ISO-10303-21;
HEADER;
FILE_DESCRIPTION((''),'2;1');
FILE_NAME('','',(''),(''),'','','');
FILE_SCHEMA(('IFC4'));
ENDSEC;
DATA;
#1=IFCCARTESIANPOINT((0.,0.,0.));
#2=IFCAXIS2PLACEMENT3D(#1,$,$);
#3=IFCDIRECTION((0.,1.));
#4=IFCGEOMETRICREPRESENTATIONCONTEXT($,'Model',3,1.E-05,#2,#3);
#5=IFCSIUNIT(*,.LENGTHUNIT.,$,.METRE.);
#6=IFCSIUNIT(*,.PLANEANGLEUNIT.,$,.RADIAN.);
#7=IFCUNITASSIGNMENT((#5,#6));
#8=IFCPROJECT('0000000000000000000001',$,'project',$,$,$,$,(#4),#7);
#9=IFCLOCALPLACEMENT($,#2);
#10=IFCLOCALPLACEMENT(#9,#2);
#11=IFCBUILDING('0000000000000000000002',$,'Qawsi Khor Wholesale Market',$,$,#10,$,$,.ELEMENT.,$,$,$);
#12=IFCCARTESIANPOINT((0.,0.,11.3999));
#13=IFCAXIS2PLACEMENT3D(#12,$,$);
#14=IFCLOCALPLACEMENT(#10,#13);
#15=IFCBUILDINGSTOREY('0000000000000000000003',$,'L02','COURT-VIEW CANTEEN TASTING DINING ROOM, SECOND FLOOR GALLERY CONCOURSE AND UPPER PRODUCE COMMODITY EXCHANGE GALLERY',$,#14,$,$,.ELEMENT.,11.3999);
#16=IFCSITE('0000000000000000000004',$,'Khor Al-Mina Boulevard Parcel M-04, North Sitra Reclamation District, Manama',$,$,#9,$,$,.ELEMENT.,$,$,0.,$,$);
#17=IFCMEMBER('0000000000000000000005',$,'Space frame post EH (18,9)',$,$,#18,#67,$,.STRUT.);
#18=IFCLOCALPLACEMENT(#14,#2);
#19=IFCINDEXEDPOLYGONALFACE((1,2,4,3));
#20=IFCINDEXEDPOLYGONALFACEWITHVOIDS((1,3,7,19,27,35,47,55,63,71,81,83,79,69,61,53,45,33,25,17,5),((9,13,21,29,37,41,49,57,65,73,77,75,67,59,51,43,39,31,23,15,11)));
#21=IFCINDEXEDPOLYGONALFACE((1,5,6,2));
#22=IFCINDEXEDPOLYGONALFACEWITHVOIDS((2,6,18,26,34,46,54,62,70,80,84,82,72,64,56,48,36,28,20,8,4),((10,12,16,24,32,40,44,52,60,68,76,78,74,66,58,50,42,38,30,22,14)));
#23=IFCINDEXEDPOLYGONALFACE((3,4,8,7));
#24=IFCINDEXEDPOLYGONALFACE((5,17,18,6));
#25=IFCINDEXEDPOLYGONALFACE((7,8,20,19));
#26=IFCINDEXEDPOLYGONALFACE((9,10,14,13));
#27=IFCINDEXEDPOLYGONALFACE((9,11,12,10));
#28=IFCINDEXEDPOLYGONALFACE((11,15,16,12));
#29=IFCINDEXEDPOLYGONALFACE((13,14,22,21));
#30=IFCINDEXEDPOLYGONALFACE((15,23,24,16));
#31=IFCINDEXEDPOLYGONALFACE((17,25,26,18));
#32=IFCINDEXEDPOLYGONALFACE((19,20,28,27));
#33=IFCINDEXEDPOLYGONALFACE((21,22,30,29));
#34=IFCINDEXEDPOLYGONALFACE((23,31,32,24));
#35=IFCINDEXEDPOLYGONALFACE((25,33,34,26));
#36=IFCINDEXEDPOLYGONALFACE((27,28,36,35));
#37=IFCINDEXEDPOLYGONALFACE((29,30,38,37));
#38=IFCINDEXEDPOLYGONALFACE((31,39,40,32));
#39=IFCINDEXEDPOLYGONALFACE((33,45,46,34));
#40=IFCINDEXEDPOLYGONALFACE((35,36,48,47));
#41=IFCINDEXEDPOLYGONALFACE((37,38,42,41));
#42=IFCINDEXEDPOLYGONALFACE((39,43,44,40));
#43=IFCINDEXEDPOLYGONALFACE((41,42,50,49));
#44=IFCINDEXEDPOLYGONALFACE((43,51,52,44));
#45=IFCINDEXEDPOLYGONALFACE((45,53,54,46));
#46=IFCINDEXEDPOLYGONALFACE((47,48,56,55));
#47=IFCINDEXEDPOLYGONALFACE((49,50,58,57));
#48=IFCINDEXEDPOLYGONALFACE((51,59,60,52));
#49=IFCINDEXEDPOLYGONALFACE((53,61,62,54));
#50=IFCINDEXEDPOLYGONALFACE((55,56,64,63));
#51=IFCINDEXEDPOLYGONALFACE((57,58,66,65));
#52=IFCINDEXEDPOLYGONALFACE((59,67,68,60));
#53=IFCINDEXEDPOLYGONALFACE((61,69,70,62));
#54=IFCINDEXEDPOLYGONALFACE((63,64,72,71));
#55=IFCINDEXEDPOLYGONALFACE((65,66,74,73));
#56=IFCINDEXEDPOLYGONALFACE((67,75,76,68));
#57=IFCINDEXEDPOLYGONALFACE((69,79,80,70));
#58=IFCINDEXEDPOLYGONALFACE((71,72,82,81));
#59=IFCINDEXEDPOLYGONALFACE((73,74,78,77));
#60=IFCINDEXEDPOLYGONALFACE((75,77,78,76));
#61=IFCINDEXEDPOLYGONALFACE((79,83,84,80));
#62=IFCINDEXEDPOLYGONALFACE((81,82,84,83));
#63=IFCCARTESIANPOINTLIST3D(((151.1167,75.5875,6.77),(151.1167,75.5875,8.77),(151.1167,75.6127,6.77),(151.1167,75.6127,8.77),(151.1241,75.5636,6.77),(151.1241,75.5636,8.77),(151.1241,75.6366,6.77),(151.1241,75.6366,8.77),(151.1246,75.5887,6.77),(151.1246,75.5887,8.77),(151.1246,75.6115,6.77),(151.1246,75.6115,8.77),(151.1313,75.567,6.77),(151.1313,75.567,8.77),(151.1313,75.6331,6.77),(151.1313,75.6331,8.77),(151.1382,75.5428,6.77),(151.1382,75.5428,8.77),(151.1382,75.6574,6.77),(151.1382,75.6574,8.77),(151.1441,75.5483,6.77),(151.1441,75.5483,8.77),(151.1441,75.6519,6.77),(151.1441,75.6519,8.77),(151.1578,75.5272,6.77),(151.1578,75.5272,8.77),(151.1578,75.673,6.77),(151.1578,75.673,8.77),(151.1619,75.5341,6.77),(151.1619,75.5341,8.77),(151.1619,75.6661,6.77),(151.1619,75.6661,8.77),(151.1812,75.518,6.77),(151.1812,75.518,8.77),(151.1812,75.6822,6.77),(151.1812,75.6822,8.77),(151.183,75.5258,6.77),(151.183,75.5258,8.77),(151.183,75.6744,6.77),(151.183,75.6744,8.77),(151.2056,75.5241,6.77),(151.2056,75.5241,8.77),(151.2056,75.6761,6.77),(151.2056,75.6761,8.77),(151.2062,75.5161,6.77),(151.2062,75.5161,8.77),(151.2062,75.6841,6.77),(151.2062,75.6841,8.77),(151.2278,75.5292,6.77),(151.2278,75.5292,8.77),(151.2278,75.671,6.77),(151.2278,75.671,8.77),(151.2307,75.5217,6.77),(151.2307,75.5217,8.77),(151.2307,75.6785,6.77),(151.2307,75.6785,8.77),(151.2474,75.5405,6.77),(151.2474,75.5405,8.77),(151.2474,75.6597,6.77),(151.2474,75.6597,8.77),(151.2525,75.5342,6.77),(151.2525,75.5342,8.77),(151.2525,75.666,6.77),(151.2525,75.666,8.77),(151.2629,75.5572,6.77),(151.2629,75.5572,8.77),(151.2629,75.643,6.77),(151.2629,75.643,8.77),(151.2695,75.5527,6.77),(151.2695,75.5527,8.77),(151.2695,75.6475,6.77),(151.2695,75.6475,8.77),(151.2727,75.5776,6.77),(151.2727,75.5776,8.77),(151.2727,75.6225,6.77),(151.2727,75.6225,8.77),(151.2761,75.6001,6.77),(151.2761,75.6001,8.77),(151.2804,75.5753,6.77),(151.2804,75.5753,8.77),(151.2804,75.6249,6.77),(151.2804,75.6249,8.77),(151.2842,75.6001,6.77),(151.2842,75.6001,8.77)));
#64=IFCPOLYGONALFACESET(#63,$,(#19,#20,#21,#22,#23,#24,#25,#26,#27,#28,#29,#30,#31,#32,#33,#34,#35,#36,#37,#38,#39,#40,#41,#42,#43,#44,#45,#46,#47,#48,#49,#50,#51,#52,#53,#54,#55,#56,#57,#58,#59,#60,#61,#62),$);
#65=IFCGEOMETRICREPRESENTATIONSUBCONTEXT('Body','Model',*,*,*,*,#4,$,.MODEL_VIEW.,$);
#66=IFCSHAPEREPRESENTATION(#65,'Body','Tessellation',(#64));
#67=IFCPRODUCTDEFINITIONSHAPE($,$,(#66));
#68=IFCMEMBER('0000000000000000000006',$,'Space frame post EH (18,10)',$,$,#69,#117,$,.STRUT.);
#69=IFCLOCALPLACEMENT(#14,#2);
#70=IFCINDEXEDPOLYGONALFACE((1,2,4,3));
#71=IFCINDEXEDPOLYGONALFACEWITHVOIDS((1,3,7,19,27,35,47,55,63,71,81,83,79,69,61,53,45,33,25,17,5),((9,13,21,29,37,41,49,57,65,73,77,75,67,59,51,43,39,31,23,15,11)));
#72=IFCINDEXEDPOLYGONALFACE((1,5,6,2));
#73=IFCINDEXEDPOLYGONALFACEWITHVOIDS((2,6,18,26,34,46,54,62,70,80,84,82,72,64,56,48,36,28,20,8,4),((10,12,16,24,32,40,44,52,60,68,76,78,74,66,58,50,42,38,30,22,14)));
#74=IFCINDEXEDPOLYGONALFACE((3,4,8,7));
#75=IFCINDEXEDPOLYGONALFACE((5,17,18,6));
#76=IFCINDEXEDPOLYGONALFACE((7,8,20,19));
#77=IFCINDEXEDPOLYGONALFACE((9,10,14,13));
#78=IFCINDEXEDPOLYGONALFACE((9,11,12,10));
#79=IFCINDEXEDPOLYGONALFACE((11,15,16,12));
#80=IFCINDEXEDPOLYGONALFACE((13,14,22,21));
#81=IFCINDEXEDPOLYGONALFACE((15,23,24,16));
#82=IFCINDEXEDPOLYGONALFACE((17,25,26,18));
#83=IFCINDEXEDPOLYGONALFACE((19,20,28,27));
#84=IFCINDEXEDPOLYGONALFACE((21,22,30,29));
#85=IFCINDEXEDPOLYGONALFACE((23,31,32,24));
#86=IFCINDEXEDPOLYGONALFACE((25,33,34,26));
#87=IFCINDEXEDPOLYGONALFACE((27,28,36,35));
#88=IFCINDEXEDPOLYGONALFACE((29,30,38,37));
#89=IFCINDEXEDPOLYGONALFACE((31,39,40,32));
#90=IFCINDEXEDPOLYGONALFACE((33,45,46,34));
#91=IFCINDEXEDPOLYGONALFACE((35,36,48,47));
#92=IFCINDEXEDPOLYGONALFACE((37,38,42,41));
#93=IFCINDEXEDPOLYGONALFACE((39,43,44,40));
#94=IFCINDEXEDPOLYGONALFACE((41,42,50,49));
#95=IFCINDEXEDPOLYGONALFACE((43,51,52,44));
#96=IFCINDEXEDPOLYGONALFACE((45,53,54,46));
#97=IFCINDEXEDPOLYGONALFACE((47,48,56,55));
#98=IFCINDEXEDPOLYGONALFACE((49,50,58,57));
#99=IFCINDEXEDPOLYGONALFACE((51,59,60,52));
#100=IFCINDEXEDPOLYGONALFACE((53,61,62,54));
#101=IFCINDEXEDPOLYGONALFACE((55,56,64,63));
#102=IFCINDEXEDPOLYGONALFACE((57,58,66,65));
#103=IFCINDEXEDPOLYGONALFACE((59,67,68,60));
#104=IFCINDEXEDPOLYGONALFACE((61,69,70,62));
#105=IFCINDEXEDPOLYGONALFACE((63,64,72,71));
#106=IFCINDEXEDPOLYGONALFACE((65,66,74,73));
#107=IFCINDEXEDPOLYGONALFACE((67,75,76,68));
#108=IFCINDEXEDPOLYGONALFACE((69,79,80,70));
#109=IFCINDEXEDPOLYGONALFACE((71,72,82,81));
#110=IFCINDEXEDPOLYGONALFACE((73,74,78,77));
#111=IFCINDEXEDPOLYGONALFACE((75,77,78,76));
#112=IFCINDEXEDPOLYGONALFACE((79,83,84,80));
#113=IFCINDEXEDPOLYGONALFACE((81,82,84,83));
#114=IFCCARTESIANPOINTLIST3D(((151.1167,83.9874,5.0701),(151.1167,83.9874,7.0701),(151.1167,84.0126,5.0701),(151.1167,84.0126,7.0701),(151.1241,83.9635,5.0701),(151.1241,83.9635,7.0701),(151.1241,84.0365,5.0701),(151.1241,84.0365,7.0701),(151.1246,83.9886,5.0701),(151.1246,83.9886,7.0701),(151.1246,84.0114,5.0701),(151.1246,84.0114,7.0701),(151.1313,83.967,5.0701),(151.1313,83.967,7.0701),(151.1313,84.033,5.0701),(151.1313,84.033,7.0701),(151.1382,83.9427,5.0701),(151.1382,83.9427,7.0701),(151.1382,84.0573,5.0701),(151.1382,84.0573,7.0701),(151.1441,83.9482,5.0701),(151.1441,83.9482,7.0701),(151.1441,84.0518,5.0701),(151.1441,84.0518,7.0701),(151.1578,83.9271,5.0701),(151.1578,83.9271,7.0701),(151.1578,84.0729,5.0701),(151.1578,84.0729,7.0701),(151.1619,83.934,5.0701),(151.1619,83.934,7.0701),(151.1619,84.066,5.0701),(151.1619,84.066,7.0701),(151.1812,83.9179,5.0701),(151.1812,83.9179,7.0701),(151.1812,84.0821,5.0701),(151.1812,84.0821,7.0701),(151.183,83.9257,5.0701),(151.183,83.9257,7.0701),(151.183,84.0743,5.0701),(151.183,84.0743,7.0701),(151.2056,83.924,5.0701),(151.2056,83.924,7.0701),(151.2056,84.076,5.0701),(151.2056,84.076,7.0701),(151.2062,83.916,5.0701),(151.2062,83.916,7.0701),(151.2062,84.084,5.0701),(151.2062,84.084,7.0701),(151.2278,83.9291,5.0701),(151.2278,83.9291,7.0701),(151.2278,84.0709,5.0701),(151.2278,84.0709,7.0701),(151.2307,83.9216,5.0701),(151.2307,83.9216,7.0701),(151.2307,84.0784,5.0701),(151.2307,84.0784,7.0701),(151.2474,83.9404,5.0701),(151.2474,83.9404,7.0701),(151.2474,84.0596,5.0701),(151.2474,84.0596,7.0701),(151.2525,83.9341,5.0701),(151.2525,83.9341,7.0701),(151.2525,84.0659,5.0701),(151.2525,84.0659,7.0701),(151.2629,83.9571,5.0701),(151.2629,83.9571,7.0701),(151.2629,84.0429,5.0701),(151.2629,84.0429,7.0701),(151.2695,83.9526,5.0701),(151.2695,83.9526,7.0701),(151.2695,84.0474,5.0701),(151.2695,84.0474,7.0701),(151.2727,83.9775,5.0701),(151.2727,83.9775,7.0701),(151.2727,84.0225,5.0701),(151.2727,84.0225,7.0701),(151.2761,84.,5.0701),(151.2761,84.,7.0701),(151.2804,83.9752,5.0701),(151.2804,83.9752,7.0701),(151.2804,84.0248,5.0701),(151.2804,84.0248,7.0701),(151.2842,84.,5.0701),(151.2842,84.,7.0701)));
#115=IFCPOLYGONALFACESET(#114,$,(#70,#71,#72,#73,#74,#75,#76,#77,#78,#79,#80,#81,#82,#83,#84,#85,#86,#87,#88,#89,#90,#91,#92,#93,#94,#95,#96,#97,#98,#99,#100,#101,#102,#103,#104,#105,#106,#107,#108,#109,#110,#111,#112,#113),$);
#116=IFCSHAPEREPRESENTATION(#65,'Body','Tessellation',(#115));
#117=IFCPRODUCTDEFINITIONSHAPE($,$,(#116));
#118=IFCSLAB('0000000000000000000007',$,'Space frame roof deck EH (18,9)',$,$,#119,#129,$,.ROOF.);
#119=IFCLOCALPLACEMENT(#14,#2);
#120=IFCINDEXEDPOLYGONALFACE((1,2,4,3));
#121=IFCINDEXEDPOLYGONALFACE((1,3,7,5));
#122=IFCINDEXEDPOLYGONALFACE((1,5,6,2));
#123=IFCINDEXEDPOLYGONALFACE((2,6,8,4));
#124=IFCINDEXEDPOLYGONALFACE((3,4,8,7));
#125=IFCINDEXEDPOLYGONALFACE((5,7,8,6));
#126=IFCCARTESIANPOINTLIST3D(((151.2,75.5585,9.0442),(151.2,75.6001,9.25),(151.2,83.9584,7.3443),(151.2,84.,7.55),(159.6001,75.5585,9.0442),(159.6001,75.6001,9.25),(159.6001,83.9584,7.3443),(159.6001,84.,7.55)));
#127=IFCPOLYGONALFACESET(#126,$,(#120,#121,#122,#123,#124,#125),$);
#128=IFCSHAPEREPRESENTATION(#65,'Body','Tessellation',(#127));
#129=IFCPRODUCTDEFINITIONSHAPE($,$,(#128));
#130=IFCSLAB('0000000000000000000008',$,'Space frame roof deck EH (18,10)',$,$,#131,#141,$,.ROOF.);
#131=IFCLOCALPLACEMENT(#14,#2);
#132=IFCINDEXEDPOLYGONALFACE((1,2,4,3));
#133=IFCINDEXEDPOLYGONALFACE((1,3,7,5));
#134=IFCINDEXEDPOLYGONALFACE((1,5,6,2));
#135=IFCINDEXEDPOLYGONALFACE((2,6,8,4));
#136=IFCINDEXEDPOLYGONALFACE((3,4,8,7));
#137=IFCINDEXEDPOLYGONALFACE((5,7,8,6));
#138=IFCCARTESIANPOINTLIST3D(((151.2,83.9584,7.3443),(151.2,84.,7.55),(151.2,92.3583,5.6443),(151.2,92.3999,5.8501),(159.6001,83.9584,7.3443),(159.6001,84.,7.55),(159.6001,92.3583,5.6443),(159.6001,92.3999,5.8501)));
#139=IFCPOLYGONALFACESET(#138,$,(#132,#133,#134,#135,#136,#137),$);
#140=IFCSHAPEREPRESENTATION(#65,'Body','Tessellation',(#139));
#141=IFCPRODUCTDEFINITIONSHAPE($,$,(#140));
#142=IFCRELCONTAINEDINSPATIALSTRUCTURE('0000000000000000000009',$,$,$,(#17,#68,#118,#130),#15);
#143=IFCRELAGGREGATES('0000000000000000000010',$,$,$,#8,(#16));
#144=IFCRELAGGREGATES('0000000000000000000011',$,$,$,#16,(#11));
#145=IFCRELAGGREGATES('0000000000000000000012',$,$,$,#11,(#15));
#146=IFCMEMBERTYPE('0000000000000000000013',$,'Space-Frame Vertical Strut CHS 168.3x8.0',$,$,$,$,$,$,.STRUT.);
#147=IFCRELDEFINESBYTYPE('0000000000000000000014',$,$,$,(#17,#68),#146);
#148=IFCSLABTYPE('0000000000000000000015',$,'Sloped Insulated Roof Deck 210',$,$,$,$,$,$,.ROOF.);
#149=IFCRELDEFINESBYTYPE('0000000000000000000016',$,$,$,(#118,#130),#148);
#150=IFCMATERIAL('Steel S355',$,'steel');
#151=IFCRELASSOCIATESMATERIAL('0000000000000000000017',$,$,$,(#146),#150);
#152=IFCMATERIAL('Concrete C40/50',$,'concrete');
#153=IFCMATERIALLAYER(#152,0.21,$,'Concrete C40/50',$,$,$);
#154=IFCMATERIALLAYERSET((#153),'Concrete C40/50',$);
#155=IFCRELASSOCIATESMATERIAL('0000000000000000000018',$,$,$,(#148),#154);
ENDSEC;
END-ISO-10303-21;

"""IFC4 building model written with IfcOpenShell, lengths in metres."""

from ifc_helpers import new_model, si_unit, direction, frame, origin, origin_2d, place, context, subcontext, project, spatial, polyline, hollow_circle, outline, extrude, material, layer, layer_set, material_profile, profile_set, type_object, element, save


model = new_model("IFC4")

# Units and contexts
model_context = context("Model", 3, precision=1e-05, world=origin(), true_north=direction((0.0, 1.0)))
body_context = subcontext(model_context, "Body", "Model", "MODEL_VIEW")
ifc_project = project(units=[si_unit("LENGTHUNIT", "METRE"), si_unit("PLANEANGLEUNIT", "RADIAN")], contexts=[model_context])

# Site, building, storey
site_placement = place(None, origin())
site = spatial("IfcSite", under=ifc_project, at=site_placement, Name="Khor Al-Mina Boulevard Parcel M-04, North Sitra Reclamation District, Manama", CompositionType="ELEMENT", RefElevation=0.0)
building_placement = place(site_placement, origin())
building = spatial("IfcBuilding", under=site, at=building_placement, Name="Qawsi Khor Wholesale Market", CompositionType="ELEMENT")
storey_placement = place(building_placement, frame((0.0, 0.0, 11.3999)))
storey = spatial("IfcBuildingStorey", under=building, at=storey_placement, Name="L02", Description="COURT-VIEW CANTEEN TASTING DINING ROOM, SECOND FLOOR GALLERY CONCOURSE AND UPPER PRODUCE COMMODITY EXCHANGE GALLERY", CompositionType="ELEMENT", Elevation=11.3999)

# Members
ifc_material_1 = material(Name="Steel S355", Category="steel")
ifc_material_profile_1 = material_profile(ifc_material_1, hollow_circle(Radius=0.0842, WallThickness=0.0081, at=origin_2d()), Name="CHS 168.3x8.0")
ifc_profile_set_1 = profile_set([ifc_material_profile_1], Name="Steel S355")
member_type_1 = type_object("IfcMemberType", Name="Space-Frame Vertical Strut CHS 168.3x8.0", PredefinedType="STRUT", material=ifc_profile_set_1)
for number, where, z_axis, x_axis, name in (
    (1, (151.2, 75.6001, 6.77), (0.0, 0.0, 1.0), (1.0, 0.0, 0.0), "Space frame post EH (18,9)"),
    (2, (151.2, 84.0, 5.0701), (0.0, 0.0, 1.0), (1.0, 0.0, 0.0), "Space frame post EH (18,10)"),
):
    element("IfcMember", number, at=place(storey_placement, frame(where, z_axis=z_axis, x_axis=x_axis)), inside=storey, type_object=member_type_1, Name=name, PredefinedType="STRUT", context=body_context, shape_type="SweptSolid", body=[
        extrude(hollow_circle(Radius=0.0842, WallThickness=0.0081, at=origin_2d()), origin(), (0.0, 0.0, 1.0), 2.0),
    ])

# Slabs
ifc_material_2 = material(Name="Concrete C40/50", Category="concrete")
ifc_layer = layer(ifc_material_2, 0.21, Name="Concrete C40/50")
ifc_layer_set = layer_set([ifc_layer], Name="Concrete C40/50")
slab_type = type_object("IfcSlabType", Name="Sloped Insulated Roof Deck 210", PredefinedType="ROOF", material=ifc_layer_set)
for number, where, z_axis, x_axis, name in (
    (3, (151.2, 75.6001, 9.25), (0.0, 0.198356, 0.98013), (1.0, 0.0, 0.0), "Space frame roof deck EH (18,9)"),
    (4, (151.2, 84.0, 7.55), (0.0, 0.198356, 0.98013), (1.0, 0.0, 0.0), "Space frame roof deck EH (18,10)"),
):
    element("IfcSlab", number, at=place(storey_placement, frame(where, z_axis=z_axis, x_axis=x_axis)), inside=storey, type_object=slab_type, Name=name, PredefinedType="ROOF", context=body_context, shape_type="SweptSolid", body=[
        extrude(outline(polyline([(0.0, 0.0), (8.4001, 0.0), (8.4001, 8.5702), (0.0, 8.5702), (0.0, 0.0)])), origin(), (0.0, 0.0, -1.0), 0.21),
    ])

save(model, "model.ifc")
